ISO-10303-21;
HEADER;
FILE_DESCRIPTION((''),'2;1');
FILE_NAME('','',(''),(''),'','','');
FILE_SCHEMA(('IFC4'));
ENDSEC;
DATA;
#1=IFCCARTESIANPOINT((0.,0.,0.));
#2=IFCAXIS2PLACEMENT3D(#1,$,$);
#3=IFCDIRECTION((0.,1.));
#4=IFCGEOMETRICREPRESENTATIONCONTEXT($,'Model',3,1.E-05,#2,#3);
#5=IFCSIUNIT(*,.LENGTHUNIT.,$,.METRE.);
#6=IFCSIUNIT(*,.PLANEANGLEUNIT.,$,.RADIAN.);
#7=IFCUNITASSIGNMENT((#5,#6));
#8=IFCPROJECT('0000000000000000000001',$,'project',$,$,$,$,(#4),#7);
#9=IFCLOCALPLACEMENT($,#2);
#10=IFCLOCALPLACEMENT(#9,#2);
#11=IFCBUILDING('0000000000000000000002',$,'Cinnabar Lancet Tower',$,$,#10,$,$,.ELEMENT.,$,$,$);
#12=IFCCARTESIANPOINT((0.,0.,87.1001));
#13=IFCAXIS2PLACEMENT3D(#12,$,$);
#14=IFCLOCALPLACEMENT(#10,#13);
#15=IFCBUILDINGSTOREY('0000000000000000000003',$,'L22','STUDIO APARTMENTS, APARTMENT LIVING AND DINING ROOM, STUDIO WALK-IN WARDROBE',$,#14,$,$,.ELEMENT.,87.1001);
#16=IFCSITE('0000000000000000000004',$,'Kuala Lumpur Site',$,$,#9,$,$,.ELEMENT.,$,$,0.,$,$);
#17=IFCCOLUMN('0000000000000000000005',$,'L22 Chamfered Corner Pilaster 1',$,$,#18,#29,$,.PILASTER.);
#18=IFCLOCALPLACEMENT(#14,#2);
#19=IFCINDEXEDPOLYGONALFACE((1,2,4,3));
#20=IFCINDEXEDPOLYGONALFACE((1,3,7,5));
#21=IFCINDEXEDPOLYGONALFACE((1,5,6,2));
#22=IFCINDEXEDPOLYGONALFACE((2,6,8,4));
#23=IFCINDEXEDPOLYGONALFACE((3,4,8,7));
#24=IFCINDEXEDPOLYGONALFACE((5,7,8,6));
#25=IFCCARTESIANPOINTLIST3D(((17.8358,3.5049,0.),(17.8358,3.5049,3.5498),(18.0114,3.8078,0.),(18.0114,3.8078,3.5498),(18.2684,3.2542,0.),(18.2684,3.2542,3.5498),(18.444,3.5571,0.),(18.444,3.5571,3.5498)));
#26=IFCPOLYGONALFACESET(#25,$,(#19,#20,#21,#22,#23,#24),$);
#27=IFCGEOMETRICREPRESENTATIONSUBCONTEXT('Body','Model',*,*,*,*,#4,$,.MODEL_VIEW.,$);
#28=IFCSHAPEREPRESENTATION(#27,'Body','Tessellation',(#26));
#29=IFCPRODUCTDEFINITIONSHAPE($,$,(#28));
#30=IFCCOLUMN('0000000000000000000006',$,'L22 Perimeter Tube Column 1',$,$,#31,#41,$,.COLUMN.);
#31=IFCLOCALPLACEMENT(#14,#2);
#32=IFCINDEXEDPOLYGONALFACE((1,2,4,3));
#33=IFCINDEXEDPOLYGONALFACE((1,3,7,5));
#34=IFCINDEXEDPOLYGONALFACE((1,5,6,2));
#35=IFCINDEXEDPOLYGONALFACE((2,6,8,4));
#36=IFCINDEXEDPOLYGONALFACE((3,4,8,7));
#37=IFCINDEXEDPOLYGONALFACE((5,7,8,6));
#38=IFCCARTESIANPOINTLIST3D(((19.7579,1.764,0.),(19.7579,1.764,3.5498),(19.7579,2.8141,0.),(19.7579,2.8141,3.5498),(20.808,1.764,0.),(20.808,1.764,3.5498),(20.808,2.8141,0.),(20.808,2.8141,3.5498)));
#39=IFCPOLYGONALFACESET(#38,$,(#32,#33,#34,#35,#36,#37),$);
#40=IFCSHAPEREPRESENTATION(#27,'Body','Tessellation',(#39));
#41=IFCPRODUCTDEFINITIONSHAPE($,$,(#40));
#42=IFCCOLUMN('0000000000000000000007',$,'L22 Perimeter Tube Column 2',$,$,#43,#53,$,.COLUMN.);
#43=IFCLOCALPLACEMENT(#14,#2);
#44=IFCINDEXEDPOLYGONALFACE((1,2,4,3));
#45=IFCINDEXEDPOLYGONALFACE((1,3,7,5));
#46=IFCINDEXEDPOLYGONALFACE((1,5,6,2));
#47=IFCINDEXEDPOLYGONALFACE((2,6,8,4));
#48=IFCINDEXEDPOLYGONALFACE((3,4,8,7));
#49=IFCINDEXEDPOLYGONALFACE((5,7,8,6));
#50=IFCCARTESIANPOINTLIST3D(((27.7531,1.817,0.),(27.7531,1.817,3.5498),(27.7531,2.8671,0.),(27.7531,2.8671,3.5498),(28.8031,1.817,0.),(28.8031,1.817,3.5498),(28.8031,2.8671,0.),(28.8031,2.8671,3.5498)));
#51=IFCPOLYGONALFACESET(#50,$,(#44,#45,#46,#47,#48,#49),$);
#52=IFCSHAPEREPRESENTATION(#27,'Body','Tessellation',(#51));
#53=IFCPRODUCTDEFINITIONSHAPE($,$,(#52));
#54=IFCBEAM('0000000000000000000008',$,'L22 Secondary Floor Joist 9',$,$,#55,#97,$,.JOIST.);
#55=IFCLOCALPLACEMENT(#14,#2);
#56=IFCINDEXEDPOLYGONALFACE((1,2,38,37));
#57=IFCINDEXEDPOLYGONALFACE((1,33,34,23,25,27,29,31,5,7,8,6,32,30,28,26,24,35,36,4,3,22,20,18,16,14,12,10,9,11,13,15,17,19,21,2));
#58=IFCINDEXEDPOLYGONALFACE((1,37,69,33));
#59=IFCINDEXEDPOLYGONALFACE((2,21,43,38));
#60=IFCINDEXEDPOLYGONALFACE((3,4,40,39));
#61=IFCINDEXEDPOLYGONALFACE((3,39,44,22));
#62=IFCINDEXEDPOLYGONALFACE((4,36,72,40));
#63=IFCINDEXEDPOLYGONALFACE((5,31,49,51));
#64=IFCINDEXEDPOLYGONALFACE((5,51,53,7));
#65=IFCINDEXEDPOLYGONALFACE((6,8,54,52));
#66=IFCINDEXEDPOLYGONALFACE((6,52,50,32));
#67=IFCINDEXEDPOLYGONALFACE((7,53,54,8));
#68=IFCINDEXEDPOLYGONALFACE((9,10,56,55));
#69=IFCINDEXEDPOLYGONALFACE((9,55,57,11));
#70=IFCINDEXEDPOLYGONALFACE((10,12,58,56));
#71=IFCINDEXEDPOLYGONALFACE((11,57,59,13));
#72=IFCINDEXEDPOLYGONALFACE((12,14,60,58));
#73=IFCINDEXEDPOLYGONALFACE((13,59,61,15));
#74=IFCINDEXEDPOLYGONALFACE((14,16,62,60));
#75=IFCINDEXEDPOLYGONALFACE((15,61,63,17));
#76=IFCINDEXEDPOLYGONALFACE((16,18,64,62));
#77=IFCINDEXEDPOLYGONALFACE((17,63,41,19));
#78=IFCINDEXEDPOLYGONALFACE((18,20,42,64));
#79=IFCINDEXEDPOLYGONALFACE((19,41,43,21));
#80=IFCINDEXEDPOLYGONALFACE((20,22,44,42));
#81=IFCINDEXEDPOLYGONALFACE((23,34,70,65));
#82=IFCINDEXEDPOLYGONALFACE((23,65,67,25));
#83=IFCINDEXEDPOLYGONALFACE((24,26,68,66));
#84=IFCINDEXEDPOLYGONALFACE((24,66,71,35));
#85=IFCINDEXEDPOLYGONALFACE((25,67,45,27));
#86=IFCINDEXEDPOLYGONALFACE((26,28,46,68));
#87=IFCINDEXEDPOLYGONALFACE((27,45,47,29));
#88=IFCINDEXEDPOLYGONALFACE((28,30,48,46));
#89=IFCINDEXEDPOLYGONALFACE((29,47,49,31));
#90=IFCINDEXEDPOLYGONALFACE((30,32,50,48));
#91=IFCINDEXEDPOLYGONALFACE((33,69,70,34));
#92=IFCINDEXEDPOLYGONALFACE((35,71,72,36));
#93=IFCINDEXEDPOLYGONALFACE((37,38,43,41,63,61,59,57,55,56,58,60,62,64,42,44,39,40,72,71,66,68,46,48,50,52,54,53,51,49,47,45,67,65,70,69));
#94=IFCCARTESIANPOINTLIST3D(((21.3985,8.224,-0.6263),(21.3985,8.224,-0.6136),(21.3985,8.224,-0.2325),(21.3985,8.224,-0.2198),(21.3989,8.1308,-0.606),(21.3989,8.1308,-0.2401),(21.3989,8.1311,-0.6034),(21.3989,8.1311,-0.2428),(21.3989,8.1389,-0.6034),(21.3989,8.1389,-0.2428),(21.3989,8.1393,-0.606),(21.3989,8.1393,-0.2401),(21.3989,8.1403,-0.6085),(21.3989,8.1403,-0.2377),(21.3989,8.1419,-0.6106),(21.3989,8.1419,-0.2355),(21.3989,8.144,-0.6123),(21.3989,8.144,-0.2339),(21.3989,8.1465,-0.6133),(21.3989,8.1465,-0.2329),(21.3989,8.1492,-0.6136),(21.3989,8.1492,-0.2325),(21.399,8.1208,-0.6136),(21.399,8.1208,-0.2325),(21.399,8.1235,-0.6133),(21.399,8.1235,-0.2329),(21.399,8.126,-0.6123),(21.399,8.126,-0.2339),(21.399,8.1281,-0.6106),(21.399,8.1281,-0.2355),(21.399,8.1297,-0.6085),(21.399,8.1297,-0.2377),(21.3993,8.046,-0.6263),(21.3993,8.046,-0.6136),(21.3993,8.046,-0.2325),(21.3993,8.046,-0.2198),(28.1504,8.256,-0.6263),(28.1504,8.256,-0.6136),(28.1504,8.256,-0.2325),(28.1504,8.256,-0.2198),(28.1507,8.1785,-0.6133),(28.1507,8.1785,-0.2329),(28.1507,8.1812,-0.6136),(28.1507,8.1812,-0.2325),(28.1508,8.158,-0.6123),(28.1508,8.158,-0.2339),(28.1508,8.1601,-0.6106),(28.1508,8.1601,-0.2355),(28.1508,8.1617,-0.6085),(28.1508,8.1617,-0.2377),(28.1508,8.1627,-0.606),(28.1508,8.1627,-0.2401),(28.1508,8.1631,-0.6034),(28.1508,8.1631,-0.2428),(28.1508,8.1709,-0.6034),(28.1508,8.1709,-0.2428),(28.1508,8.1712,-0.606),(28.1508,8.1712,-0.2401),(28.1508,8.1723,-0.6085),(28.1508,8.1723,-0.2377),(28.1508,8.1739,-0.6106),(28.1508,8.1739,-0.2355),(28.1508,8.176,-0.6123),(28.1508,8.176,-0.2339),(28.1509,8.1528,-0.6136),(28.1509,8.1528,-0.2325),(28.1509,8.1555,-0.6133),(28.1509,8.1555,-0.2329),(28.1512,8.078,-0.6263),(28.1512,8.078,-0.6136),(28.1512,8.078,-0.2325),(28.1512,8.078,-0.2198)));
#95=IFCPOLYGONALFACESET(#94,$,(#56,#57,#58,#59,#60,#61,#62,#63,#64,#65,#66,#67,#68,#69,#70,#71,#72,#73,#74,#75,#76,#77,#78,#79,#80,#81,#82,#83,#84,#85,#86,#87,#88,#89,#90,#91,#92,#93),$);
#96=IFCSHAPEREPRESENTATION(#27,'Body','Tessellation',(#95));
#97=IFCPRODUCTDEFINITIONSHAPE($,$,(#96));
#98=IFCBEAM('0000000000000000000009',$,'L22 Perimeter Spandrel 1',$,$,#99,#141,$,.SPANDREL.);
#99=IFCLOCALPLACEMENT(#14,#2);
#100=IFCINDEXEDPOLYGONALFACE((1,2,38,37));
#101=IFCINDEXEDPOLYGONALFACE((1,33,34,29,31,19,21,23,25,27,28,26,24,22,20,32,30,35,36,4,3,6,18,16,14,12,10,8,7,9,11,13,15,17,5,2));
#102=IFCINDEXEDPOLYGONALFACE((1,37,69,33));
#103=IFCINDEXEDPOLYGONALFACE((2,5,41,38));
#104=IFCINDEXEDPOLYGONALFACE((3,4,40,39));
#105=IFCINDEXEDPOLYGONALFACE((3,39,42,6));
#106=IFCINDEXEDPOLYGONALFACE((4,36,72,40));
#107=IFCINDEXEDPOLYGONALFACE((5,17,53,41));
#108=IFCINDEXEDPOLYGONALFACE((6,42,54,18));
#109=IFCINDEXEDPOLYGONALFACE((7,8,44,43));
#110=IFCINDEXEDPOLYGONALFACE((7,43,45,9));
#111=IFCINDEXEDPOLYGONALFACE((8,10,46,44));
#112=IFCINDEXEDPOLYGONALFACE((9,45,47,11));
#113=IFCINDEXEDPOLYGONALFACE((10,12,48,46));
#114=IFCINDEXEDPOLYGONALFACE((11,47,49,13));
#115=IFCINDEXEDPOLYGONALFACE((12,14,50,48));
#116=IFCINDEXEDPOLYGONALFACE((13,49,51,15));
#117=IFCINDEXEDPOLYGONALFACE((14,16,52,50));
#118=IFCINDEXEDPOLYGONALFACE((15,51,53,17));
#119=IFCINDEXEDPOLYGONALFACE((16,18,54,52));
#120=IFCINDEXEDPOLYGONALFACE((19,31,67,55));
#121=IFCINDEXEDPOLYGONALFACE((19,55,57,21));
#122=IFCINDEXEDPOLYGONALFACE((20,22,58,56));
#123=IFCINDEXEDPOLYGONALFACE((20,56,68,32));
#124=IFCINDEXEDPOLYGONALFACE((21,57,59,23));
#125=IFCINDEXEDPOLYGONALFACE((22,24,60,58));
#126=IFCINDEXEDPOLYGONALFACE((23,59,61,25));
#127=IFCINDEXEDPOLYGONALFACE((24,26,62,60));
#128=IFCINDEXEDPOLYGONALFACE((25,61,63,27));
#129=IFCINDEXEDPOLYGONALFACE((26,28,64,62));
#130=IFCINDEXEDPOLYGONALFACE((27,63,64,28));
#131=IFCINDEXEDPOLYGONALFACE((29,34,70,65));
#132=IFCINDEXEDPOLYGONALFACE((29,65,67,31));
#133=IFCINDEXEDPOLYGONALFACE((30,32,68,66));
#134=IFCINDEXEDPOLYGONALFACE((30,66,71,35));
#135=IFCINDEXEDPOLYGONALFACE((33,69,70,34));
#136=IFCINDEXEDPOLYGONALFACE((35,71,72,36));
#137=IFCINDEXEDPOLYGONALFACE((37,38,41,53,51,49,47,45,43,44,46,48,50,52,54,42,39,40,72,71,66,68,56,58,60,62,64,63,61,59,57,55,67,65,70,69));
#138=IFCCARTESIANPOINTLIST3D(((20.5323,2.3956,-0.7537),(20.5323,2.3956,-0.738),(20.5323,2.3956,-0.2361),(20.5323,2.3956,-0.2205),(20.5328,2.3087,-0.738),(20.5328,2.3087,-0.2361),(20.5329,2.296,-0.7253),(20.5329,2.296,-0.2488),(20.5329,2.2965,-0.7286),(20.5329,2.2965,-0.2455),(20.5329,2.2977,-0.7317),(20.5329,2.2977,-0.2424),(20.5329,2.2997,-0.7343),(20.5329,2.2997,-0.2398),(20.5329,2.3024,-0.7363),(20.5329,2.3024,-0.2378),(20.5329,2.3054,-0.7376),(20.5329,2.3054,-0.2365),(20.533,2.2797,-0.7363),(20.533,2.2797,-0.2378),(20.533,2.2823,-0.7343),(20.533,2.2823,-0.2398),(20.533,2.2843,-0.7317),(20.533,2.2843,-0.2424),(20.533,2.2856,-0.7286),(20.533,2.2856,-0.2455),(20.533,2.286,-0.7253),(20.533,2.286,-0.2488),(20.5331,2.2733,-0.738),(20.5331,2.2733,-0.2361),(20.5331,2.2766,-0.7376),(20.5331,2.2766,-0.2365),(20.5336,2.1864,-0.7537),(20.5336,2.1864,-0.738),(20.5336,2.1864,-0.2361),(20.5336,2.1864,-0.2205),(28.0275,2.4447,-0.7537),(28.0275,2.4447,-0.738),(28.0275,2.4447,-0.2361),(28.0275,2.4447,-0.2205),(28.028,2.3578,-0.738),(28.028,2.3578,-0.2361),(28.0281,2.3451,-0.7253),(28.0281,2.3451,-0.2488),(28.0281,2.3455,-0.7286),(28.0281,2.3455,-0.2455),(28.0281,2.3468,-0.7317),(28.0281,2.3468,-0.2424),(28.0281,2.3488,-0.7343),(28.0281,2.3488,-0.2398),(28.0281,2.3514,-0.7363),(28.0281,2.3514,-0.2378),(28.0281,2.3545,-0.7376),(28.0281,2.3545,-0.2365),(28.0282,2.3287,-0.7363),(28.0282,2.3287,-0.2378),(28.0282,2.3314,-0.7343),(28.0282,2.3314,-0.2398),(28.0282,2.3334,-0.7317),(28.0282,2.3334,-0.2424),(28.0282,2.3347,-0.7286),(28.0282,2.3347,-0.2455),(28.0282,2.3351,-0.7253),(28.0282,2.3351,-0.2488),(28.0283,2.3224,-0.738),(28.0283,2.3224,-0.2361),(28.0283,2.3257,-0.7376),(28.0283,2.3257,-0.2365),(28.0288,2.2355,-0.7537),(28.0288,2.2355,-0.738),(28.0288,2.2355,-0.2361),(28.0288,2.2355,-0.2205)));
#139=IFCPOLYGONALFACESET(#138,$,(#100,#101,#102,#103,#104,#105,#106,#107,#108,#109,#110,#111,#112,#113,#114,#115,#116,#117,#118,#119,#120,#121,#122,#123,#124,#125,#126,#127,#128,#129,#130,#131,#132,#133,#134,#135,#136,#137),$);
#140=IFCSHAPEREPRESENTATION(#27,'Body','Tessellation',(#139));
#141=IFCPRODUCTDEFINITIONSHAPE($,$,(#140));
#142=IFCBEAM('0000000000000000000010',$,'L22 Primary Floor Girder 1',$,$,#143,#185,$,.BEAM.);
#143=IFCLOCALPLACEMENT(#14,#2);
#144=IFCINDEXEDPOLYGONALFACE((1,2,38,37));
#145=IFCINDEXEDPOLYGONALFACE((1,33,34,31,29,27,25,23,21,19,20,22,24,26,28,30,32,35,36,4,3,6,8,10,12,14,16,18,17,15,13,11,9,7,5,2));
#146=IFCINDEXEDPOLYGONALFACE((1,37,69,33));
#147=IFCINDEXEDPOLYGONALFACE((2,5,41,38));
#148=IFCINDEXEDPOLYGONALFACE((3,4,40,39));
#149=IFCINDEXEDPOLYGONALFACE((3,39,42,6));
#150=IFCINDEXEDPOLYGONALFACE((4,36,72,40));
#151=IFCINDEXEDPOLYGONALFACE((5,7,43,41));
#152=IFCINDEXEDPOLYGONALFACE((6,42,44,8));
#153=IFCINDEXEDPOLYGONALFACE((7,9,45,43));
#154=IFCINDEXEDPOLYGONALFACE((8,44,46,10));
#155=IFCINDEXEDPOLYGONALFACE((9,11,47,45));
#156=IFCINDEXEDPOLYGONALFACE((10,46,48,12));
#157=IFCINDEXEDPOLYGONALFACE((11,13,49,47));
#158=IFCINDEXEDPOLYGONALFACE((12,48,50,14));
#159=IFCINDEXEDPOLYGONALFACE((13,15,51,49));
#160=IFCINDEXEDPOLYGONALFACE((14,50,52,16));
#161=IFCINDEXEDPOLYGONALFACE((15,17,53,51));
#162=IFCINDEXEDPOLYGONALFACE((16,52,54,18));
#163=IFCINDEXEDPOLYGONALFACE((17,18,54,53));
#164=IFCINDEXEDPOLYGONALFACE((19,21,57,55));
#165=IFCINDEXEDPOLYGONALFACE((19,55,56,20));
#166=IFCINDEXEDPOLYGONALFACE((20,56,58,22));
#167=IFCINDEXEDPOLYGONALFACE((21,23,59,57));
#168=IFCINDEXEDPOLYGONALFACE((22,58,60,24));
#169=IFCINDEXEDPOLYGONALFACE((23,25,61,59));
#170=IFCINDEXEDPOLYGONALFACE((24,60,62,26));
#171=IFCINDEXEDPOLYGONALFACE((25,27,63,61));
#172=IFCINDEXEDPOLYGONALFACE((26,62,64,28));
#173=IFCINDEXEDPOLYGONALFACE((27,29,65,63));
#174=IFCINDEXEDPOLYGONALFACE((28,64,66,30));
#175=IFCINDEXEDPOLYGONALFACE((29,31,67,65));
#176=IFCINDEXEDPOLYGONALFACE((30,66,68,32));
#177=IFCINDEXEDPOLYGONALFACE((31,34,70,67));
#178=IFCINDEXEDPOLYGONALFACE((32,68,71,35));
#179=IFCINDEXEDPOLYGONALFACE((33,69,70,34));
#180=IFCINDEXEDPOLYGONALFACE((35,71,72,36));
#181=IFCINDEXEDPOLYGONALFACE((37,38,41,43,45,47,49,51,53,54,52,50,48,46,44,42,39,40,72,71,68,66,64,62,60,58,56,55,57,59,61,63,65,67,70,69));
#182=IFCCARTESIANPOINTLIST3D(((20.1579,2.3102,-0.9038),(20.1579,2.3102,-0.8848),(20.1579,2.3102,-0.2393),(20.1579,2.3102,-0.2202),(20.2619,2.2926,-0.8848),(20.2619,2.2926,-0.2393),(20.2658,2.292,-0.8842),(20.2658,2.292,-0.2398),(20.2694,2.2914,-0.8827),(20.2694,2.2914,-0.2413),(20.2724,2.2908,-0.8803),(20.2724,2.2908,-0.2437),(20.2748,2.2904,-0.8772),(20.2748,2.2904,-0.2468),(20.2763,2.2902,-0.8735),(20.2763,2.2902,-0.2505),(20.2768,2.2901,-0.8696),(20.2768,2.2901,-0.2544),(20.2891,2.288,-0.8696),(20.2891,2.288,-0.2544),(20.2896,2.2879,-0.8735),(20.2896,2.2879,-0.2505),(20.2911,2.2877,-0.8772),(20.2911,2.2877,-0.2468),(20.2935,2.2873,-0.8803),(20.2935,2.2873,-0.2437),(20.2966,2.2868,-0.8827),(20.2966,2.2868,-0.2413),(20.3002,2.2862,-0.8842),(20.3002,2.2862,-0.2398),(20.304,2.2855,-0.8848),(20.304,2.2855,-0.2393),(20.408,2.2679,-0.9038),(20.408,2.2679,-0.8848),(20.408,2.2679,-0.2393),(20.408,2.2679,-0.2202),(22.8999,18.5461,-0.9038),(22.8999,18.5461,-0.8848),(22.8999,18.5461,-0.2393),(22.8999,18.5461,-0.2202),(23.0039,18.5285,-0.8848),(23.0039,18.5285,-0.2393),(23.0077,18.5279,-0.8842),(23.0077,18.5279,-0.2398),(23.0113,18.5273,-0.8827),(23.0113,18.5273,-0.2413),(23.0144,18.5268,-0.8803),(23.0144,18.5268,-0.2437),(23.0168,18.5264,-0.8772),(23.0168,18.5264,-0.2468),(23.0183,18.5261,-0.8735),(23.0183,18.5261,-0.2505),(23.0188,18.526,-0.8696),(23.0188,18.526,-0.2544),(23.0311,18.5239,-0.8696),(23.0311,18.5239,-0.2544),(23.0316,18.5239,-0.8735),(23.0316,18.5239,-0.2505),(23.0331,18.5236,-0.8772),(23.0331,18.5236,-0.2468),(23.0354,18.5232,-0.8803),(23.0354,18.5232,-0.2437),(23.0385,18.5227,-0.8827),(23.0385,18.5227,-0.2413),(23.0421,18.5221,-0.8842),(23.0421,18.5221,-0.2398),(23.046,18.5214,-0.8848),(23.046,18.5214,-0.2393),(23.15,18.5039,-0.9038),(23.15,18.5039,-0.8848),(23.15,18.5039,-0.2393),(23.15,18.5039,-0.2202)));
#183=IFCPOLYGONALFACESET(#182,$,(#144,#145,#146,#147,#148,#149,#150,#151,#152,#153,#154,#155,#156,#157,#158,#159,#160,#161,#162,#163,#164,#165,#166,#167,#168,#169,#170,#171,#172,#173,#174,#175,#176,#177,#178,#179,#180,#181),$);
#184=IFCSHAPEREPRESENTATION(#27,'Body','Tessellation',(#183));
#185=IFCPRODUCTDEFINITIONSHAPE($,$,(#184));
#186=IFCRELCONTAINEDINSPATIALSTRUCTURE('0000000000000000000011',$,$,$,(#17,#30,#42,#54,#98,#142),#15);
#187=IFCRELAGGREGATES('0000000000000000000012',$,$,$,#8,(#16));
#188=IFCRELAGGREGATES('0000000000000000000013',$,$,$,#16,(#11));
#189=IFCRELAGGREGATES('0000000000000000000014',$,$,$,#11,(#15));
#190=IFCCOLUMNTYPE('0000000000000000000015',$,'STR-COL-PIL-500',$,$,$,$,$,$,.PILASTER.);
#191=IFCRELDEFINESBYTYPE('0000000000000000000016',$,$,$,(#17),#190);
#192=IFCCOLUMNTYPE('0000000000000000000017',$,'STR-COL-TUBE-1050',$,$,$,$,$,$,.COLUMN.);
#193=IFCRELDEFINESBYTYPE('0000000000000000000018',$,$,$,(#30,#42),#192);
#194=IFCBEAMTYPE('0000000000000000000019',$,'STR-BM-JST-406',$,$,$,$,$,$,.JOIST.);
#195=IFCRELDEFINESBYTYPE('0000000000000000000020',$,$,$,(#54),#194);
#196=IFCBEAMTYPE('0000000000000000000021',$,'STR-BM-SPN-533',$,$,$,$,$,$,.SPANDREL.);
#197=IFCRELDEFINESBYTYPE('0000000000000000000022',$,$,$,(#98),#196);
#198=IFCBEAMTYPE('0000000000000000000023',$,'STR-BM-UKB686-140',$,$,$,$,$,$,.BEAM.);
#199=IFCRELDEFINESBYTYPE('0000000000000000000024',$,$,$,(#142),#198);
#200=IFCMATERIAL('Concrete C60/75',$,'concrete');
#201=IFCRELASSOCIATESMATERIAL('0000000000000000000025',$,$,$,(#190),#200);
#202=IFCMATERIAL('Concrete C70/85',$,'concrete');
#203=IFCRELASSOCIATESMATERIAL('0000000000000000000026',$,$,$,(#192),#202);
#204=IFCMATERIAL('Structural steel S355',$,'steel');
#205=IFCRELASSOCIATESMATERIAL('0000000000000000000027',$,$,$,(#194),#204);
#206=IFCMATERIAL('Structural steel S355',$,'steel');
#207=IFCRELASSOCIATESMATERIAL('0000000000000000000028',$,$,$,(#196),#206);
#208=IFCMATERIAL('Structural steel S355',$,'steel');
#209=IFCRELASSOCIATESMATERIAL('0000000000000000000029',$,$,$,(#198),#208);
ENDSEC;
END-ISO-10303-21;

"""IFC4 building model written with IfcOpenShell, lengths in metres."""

from ifc_helpers import new_model, si_unit, direction, frame, origin, origin_2d, place, context, subcontext, project, spatial, rectangle, i_section, extrude, material, material_profile, profile_set, type_object, element, save


model = new_model("IFC4")

# Units and contexts
model_context = context("Model", 3, precision=1e-05, world=origin(), true_north=direction((0.0, 1.0)))
body_context = subcontext(model_context, "Body", "Model", "MODEL_VIEW")
ifc_project = project(units=[si_unit("LENGTHUNIT", "METRE"), si_unit("PLANEANGLEUNIT", "RADIAN")], contexts=[model_context])

# Site, building, storey
site_placement = place(None, origin())
site = spatial("IfcSite", under=ifc_project, at=site_placement, Name="Kuala Lumpur Site", CompositionType="ELEMENT", RefElevation=0.0)
building_placement = place(site_placement, origin())
building = spatial("IfcBuilding", under=site, at=building_placement, Name="Cinnabar Lancet Tower", CompositionType="ELEMENT")
storey_placement = place(building_placement, frame((0.0, 0.0, 87.1001)))
storey = spatial("IfcBuildingStorey", under=building, at=storey_placement, Name="L22", Description="STUDIO APARTMENTS, APARTMENT LIVING AND DINING ROOM, STUDIO WALK-IN WARDROBE", CompositionType="ELEMENT", Elevation=87.1001)

# Columns
ifc_material_1 = material(Name="Concrete C60/75", Category="concrete")
ifc_material_profile_1 = material_profile(ifc_material_1, rectangle(XDim=0.5, YDim=0.3501, at=origin_2d()), Name="RC-PIL 500x350")
ifc_profile_set_1 = profile_set([ifc_material_profile_1], Name="Concrete C60/75")
column_type_1 = type_object("IfcColumnType", Name="STR-COL-PIL-500", PredefinedType="PILASTER", material=ifc_profile_set_1)
column_placement = place(storey_placement, frame((18.1399, 3.531, 0.0), z_axis=(0.0, 0.0, 1.0), x_axis=(0.865195, -0.501435, 0.0)))
element("IfcColumn", 1, at=column_placement, inside=storey, type_object=column_type_1, Name="L22 Chamfered Corner Pilaster 1", PredefinedType="PILASTER", context=body_context, shape_type="SweptSolid", body=[
    extrude(rectangle(XDim=0.5, YDim=0.3501, at=origin_2d()), origin(), (0.0, 0.0, 1.0), 3.5498),
])
ifc_material_2 = material(Name="Concrete C70/85", Category="concrete")
ifc_material_profile_2 = material_profile(ifc_material_2, rectangle(XDim=1.05, YDim=1.05, at=origin_2d()), Name="RC-COL 1050x1050")
ifc_profile_set_2 = profile_set([ifc_material_profile_2], Name="Concrete C70/85")
column_type_2 = type_object("IfcColumnType", Name="STR-COL-TUBE-1050", PredefinedType="COLUMN", material=ifc_profile_set_2)
for number, where, z_axis, x_axis, name in (
    (2, (20.283, 2.2891, 0.0), (0.0, 0.0, 1.0), (1.0, 0.0, 0.0), "L22 Perimeter Tube Column 1"),
    (3, (28.2781, 2.342, 0.0), (0.0, 0.0, 1.0), (1.0, 0.0, 0.0), "L22 Perimeter Tube Column 2"),
):
    element("IfcColumn", number, at=place(storey_placement, frame(where, z_axis=z_axis, x_axis=x_axis)), inside=storey, type_object=column_type_2, Name=name, PredefinedType="COLUMN", context=body_context, shape_type="SweptSolid", body=[
        extrude(rectangle(XDim=1.05, YDim=1.05, at=origin_2d()), origin(), (0.0, 0.0, 1.0), 3.5498),
    ])

# Beams
ifc_material_3 = material(Name="Structural steel S355", Category="steel")
ifc_material_profile_3 = material_profile(ifc_material_3, i_section(OverallWidth=0.178, OverallDepth=0.4065, WebThickness=0.0078, FlangeThickness=0.0127, FilletRadius=0.0103, at=origin_2d()), Name="UKB 406x178x60")
ifc_profile_set_3 = profile_set([ifc_material_profile_3], Name="Structural steel S355")
beam_type_1 = type_object("IfcBeamType", Name="STR-BM-JST-406", PredefinedType="JOIST", material=ifc_profile_set_3)
beam_1_placement = place(storey_placement, frame((21.3989, 8.135, -0.4231), z_axis=(0.999989, 0.004737, 0.0), x_axis=(-0.004737, 0.999989, 0.0)))
element("IfcBeam", 4, at=beam_1_placement, inside=storey, type_object=beam_type_1, Name="L22 Secondary Floor Joist 9", PredefinedType="JOIST", context=body_context, shape_type="SweptSolid", body=[
    extrude(i_section(OverallWidth=0.178, OverallDepth=0.4065, WebThickness=0.0078, FlangeThickness=0.0127, FilletRadius=0.0103, at=origin_2d()), origin(), (0.0, 0.0, 1.0), 6.752),
])
ifc_material_4 = material(Name="Structural steel S355", Category="steel")
ifc_material_profile_4 = material_profile(ifc_material_4, i_section(OverallWidth=0.2092, OverallDepth=0.5332, WebThickness=0.01, FlangeThickness=0.0156, FilletRadius=0.0127, at=origin_2d()), Name="UKB 533x210x92")
ifc_profile_set_4 = profile_set([ifc_material_profile_4], Name="Structural steel S355")
beam_type_2 = type_object("IfcBeamType", Name="STR-BM-SPN-533", PredefinedType="SPANDREL", material=ifc_profile_set_4)
beam_2_placement = place(storey_placement, frame((20.533, 2.291, -0.4871), z_axis=(0.999979, 0.006547, 0.0), x_axis=(-0.006547, 0.999979, 0.0)))
element("IfcBeam", 5, at=beam_2_placement, inside=storey, type_object=beam_type_2, Name="L22 Perimeter Spandrel 1", PredefinedType="SPANDREL", context=body_context, shape_type="SweptSolid", body=[
    extrude(i_section(OverallWidth=0.2092, OverallDepth=0.5332, WebThickness=0.01, FlangeThickness=0.0156, FilletRadius=0.0127, at=origin_2d()), origin(), (0.0, 0.0, 1.0), 7.4954),
])
ifc_material_5 = material(Name="Structural steel S355", Category="steel")
ifc_material_profile_5 = material_profile(ifc_material_5, i_section(OverallWidth=0.2537, OverallDepth=0.6836, WebThickness=0.0125, FlangeThickness=0.019, FilletRadius=0.0151, at=origin_2d()), Name="UKB 686x254x140")
ifc_profile_set_5 = profile_set([ifc_material_profile_5], Name="Structural steel S355")
beam_type_3 = type_object("IfcBeamType", Name="STR-BM-UKB686-140", PredefinedType="BEAM", material=ifc_profile_set_5)
beam_3_placement = place(storey_placement, frame((20.283, 2.2891, -0.562), z_axis=(0.166524, 0.986037, 0.0), x_axis=(-0.986037, 0.166524, 0.0)))
element("IfcBeam", 6, at=beam_3_placement, inside=storey, type_object=beam_type_3, Name="L22 Primary Floor Girder 1", PredefinedType="BEAM", context=body_context, shape_type="SweptSolid", body=[
    extrude(i_section(OverallWidth=0.2537, OverallDepth=0.6836, WebThickness=0.0125, FlangeThickness=0.019, FilletRadius=0.0151, at=origin_2d()), origin(), (0.0, 0.0, 1.0), 16.4658),
])

save(model, "model.ifc")
